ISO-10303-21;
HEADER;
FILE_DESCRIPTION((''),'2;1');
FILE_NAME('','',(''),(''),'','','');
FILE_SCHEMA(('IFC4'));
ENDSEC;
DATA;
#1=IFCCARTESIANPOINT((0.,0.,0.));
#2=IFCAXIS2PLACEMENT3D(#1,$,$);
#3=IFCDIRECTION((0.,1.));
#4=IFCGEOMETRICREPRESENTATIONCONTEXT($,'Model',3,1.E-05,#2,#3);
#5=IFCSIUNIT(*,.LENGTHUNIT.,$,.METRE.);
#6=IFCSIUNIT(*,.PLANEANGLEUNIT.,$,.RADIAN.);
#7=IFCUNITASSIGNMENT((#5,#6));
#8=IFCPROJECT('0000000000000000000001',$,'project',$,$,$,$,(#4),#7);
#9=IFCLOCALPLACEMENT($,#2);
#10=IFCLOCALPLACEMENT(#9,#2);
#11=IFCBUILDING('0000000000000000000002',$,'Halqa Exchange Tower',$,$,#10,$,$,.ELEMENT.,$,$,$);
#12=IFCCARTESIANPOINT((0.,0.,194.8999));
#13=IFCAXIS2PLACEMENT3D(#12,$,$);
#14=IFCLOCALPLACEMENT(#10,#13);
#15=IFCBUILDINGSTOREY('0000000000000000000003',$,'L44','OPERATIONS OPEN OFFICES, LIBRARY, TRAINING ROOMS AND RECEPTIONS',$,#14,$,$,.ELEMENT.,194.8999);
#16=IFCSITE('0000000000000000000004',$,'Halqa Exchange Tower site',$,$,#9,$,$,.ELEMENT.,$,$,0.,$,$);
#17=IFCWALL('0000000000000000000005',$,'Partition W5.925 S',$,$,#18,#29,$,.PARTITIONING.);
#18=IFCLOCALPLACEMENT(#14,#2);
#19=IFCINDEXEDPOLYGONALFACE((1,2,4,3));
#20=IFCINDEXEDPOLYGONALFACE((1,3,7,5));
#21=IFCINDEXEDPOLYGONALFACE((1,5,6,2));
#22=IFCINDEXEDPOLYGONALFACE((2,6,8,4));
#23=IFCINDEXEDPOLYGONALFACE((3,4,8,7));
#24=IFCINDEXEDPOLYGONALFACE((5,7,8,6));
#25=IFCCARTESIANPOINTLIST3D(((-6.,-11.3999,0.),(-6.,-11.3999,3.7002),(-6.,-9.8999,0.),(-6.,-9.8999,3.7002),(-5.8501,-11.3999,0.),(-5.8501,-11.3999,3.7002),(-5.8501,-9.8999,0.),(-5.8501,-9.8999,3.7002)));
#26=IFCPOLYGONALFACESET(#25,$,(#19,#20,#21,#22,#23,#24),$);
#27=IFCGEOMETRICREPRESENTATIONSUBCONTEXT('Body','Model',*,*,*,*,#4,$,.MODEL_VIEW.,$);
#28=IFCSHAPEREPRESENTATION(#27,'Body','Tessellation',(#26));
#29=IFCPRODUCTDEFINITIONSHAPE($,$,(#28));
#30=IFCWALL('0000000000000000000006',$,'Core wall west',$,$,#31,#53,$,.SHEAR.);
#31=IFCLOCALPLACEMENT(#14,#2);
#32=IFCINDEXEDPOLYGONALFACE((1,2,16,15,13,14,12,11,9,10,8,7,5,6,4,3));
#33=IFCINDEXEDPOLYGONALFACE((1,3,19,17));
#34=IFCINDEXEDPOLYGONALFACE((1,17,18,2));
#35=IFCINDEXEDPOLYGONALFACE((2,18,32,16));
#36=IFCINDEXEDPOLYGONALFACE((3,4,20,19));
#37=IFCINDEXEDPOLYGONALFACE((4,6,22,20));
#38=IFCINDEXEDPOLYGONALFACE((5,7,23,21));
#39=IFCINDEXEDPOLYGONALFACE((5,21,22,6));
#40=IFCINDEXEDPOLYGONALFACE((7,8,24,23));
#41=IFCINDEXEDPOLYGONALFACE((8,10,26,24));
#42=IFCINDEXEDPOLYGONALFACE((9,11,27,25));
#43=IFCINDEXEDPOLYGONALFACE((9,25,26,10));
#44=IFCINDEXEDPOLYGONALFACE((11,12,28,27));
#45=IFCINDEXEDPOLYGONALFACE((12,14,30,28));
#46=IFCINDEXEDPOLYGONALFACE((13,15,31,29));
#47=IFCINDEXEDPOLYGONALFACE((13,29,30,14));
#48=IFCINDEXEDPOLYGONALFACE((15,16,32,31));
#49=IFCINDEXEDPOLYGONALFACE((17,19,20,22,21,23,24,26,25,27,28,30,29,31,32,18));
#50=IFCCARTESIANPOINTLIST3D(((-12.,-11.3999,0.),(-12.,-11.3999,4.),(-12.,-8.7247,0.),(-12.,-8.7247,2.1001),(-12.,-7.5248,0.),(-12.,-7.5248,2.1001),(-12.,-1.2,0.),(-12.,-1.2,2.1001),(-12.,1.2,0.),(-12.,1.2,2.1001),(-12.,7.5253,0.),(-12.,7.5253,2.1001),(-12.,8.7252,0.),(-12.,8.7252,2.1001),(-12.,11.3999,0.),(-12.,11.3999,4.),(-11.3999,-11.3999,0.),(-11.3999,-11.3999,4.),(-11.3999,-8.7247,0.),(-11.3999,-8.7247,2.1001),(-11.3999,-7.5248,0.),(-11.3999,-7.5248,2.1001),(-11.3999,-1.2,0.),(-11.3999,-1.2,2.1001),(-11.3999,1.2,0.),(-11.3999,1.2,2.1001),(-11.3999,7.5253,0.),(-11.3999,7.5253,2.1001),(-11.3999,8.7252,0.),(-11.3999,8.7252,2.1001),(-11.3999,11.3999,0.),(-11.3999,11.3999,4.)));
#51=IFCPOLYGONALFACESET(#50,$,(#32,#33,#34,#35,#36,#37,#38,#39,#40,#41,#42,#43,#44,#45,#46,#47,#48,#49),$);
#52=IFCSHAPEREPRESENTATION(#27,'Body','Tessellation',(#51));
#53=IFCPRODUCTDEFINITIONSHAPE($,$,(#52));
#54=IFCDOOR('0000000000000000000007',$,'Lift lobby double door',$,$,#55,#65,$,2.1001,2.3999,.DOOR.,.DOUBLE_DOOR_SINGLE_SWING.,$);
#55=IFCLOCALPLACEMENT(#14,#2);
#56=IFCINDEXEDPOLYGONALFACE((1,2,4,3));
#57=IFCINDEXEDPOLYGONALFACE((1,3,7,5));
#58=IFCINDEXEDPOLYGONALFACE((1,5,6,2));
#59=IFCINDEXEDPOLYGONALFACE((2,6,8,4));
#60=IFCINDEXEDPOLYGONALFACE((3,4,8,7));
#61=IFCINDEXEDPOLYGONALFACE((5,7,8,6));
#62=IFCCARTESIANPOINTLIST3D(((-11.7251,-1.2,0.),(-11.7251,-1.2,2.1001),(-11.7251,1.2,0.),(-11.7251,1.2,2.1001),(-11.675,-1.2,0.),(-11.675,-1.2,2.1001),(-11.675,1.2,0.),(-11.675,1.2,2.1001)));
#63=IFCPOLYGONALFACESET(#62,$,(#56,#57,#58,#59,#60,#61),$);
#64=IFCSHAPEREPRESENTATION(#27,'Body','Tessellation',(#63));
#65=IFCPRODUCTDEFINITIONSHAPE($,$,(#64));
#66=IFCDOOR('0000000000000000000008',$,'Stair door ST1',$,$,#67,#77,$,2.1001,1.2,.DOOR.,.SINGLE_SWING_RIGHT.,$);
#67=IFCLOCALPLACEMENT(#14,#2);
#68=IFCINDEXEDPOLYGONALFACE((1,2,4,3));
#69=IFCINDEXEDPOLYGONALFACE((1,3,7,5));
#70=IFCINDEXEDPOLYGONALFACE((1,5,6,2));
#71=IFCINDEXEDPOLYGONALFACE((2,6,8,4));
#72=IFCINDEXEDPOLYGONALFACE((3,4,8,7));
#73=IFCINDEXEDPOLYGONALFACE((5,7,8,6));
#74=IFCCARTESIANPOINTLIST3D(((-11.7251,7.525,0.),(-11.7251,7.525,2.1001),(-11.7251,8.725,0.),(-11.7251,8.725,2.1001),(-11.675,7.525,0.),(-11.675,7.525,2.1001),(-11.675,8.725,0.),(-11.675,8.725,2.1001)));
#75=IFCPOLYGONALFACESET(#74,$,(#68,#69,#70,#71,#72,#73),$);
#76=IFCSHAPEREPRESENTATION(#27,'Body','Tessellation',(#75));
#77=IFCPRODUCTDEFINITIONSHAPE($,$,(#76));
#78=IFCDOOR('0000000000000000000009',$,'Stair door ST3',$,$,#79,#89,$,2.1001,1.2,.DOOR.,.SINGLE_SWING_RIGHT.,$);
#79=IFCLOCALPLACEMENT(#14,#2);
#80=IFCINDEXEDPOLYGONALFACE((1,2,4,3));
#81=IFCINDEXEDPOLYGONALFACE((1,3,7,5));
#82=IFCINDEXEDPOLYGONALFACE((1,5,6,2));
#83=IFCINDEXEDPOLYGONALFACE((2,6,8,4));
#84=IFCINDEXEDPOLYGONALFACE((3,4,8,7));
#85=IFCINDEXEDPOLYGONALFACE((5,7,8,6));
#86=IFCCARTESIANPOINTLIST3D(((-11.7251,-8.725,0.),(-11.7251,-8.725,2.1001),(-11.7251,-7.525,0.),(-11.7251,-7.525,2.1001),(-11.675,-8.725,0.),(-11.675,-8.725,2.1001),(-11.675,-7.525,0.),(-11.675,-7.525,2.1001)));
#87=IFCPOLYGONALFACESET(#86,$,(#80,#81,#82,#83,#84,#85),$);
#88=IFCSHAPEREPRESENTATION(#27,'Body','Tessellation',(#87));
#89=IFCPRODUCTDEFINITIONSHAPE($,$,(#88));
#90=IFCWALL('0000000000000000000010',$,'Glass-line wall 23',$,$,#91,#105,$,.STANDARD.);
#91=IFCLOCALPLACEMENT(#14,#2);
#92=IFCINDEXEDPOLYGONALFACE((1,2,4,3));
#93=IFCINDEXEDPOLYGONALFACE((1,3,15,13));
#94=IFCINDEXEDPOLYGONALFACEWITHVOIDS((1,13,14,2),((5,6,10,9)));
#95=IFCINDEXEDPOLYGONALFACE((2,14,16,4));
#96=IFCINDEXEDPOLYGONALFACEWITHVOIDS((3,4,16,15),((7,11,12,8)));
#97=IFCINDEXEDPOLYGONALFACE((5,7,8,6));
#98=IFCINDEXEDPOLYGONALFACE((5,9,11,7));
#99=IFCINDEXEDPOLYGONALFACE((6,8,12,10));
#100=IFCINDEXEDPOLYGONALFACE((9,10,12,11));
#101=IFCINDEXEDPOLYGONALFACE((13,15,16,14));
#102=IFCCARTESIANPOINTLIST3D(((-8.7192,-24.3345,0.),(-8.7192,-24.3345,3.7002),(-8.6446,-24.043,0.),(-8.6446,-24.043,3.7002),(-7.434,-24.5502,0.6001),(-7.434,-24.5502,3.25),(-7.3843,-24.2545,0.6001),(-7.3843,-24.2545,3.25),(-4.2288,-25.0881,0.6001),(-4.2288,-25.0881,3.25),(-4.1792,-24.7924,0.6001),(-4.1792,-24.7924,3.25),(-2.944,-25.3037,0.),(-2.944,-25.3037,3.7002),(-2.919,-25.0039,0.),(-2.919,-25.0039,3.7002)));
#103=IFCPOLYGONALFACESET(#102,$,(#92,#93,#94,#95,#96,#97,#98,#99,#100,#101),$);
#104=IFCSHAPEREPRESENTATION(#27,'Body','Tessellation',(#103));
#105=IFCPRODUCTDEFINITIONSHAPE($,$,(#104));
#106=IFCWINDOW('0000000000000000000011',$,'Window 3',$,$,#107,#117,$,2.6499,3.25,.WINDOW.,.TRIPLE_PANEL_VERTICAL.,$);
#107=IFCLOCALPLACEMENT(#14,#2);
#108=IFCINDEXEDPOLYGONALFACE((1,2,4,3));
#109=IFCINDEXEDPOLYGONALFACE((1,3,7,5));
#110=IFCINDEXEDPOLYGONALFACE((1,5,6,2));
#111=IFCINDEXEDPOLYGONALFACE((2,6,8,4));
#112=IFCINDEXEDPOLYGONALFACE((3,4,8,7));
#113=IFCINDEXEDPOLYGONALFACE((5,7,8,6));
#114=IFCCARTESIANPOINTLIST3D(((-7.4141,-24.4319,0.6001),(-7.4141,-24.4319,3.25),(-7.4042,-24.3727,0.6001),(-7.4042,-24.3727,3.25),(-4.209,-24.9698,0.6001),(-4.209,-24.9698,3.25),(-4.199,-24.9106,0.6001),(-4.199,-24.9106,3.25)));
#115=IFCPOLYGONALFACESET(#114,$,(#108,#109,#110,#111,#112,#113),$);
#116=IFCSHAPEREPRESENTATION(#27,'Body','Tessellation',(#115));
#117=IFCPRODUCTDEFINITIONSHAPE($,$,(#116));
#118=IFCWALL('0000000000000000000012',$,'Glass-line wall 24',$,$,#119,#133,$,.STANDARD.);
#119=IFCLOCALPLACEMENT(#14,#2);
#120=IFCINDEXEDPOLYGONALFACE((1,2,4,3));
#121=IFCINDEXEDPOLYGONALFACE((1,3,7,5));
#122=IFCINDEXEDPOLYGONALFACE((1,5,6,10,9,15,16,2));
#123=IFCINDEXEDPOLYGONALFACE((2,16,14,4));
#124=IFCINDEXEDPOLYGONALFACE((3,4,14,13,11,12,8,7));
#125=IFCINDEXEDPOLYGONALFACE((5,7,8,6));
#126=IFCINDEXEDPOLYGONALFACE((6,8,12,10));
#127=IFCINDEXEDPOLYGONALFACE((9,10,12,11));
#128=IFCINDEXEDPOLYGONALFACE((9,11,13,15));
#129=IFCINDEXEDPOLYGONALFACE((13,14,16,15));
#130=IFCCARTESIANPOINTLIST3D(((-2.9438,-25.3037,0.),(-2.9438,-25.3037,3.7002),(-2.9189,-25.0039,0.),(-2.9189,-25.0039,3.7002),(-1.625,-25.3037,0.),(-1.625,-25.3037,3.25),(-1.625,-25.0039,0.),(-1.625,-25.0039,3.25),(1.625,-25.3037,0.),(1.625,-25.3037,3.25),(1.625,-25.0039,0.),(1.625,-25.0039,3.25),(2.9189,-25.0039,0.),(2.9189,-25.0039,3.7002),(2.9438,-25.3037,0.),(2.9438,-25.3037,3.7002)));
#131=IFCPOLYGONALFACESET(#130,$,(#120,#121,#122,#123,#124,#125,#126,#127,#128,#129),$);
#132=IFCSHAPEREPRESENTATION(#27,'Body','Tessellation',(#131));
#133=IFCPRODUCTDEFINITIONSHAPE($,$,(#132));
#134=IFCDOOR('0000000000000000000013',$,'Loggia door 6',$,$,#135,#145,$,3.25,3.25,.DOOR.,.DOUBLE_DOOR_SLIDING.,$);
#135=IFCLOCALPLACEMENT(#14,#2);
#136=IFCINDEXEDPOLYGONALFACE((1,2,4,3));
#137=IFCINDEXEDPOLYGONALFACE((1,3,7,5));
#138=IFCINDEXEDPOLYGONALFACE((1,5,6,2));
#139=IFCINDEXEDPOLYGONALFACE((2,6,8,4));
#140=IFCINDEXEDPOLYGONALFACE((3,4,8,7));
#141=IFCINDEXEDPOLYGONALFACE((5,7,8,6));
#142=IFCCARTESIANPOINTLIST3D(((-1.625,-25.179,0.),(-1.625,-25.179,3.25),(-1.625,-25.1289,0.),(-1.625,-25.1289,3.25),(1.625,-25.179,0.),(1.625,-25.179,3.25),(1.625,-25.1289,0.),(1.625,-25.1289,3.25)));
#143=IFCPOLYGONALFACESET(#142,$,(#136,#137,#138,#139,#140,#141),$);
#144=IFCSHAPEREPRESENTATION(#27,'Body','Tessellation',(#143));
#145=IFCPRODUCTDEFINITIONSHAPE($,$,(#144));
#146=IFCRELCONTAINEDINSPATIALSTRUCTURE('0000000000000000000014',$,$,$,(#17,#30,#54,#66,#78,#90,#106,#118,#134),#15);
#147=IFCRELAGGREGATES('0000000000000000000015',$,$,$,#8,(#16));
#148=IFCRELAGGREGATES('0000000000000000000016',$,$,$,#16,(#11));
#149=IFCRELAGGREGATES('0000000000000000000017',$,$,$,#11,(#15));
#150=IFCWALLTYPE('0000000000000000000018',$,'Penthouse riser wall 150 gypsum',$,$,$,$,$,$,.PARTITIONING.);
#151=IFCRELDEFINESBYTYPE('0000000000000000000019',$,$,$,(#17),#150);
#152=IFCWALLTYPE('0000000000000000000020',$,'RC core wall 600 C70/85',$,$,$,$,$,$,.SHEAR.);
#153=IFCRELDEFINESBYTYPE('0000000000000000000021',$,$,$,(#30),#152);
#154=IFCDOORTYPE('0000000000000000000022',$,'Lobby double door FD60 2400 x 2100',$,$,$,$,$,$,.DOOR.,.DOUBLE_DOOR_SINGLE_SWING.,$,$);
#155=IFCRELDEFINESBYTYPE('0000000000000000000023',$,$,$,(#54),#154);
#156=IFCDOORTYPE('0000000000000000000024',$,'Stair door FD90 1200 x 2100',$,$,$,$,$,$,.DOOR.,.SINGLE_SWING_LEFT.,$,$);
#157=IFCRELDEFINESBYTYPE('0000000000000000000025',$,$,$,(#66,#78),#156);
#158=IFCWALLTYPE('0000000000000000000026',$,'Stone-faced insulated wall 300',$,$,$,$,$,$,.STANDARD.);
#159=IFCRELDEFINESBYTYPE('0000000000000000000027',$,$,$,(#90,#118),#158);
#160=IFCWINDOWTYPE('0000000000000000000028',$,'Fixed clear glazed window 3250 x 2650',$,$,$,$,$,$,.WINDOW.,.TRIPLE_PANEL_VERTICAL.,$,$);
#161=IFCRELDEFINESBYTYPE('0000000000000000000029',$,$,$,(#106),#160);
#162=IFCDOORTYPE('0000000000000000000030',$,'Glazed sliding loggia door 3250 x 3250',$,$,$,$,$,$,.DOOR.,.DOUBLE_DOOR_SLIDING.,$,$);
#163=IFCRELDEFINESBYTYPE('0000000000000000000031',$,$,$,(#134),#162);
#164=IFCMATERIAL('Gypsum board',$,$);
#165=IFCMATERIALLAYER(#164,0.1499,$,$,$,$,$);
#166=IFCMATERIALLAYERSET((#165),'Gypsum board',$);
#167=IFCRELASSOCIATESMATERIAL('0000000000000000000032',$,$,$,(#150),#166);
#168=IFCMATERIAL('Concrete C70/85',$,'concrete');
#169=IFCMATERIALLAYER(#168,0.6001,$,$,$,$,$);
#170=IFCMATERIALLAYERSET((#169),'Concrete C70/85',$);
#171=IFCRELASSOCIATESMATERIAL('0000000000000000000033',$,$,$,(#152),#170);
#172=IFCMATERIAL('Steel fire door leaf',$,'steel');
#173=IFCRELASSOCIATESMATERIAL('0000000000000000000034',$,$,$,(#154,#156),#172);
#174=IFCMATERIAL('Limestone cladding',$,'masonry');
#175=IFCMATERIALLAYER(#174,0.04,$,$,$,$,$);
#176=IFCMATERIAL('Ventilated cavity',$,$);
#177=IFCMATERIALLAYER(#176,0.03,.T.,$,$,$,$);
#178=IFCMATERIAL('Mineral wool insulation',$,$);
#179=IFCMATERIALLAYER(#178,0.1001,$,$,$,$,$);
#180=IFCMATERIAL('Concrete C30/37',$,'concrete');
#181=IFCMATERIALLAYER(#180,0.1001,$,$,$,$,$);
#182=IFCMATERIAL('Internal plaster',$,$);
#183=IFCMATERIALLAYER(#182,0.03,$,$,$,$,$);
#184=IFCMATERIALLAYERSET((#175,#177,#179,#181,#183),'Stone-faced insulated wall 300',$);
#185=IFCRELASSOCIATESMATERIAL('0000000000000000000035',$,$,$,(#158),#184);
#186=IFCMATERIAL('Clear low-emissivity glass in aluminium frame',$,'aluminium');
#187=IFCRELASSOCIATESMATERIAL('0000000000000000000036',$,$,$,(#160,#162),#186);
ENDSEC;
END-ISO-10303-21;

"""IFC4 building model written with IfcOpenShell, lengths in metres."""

from ifc_helpers import new_model, si_unit, direction, frame, frame_2d, origin, place, context, subcontext, project, spatial, polyline, rectangle, outline, extrude, material, layer, layer_set, type_object, element, fill, save


model = new_model("IFC4")

# Units and contexts
model_context = context("Model", 3, precision=1e-05, world=origin(), true_north=direction((0.0, 1.0)))
body_context = subcontext(model_context, "Body", "Model", "MODEL_VIEW")
ifc_project = project(units=[si_unit("LENGTHUNIT", "METRE"), si_unit("PLANEANGLEUNIT", "RADIAN")], contexts=[model_context])

# Site, building, storey
site_placement = place(None, origin())
site = spatial("IfcSite", under=ifc_project, at=site_placement, Name="Halqa Exchange Tower site", CompositionType="ELEMENT", RefElevation=0.0)
building_placement = place(site_placement, origin())
building = spatial("IfcBuilding", under=site, at=building_placement, Name="Halqa Exchange Tower", CompositionType="ELEMENT")
storey_placement = place(building_placement, frame((0.0, 0.0, 194.8999)))
storey = spatial("IfcBuildingStorey", under=building, at=storey_placement, Name="L44", Description="OPERATIONS OPEN OFFICES, LIBRARY, TRAINING ROOMS AND RECEPTIONS", CompositionType="ELEMENT", Elevation=194.8999)

# Shared definitions
ifc_material_1 = material(Name="Steel fire door leaf", Category="steel")

# Wall
ifc_material_2 = material(Name="Gypsum board")
ifc_layer_1 = layer(ifc_material_2, 0.1499)
ifc_layer_set_1 = layer_set([ifc_layer_1], Name="Gypsum board")
wall_type_1 = type_object("IfcWallType", Name="Penthouse riser wall 150 gypsum", PredefinedType="PARTITIONING", material=ifc_layer_set_1)
wall_1_placement = place(storey_placement, frame((-5.925, -11.3999, 0.0), z_axis=(0.0, 0.0, 1.0), x_axis=(0.0, 1.0, 0.0)))
element("IfcWall", 1, at=wall_1_placement, inside=storey, type_object=wall_type_1, Name="Partition W5.925 S", PredefinedType="PARTITIONING", context=body_context, shape_type="SweptSolid", body=[
    extrude(rectangle(XDim=1.5, YDim=0.1499, at=frame_2d((0.75, 0.0))), origin(), (0.0, 0.0, 1.0), 3.7002),
])

# Wall, openings, doors
ifc_material_3 = material(Name="Concrete C70/85", Category="concrete")
ifc_layer_2 = layer(ifc_material_3, 0.6001)
ifc_layer_set_2 = layer_set([ifc_layer_2], Name="Concrete C70/85")
wall_type_2 = type_object("IfcWallType", Name="RC core wall 600 C70/85", PredefinedType="SHEAR", material=ifc_layer_set_2)
wall_2_placement = place(storey_placement, frame((-11.7, -11.3999, 0.0), z_axis=(0.0, 0.0, 1.0), x_axis=(0.0, 1.0, 0.0)))
wall_2 = element("IfcWall", 2, at=wall_2_placement, inside=storey, type_object=wall_type_2, Name="Core wall west", PredefinedType="SHEAR", context=body_context, shape_type="SweptSolid", body=[
    extrude(rectangle(XDim=22.7998, YDim=0.6001, at=frame_2d((11.3999, 0.0))), origin(), (0.0, 0.0, 1.0), 4.0),
])
opening_1_placement = place(wall_2_placement, frame((10.2, 0.0, 0.0)))
opening_1 = element("IfcOpeningElement", 3, at=opening_1_placement, cuts=wall_2, PredefinedType="OPENING", context=body_context, shape_type="SweptSolid", body=[
    extrude(rectangle(XDim=2.3999, YDim=2.1001, at=frame_2d((1.2, 1.05))), frame((0.0, 0.312, 0.0), z_axis=(0.0, -1.0, 0.0), x_axis=(1.0, 0.0, 0.0)), (0.0, 0.0, 1.0), 0.624),
])
opening_2_placement = place(wall_2_placement, frame((18.925, 0.0, 0.0)))
opening_2 = element("IfcOpeningElement", 4, at=opening_2_placement, cuts=wall_2, PredefinedType="OPENING", context=body_context, shape_type="SweptSolid", body=[
    extrude(rectangle(XDim=1.2, YDim=2.1001, at=frame_2d((0.6001, 1.05))), frame((0.0, 0.312, 0.0), z_axis=(0.0, -1.0, 0.0), x_axis=(1.0, 0.0, 0.0)), (0.0, 0.0, 1.0), 0.624),
])
opening_3_placement = place(wall_2_placement, frame((2.675, 0.0, 0.0)))
opening_3 = element("IfcOpeningElement", 5, at=opening_3_placement, cuts=wall_2, PredefinedType="OPENING", context=body_context, shape_type="SweptSolid", body=[
    extrude(rectangle(XDim=1.2, YDim=2.1001, at=frame_2d((0.6001, 1.05))), frame((0.0, 0.312, 0.0), z_axis=(0.0, -1.0, 0.0), x_axis=(1.0, 0.0, 0.0)), (0.0, 0.0, 1.0), 0.624),
])
door_type_1 = type_object("IfcDoorType", Name="Lobby double door FD60 2400 x 2100", OperationType="DOUBLE_DOOR_SINGLE_SWING", PredefinedType="DOOR", material=ifc_material_1)
door_1_placement = place(opening_1_placement, frame((2.3999, 0.0, 0.0), z_axis=(0.0, 0.0, 1.0), x_axis=(-1.0, 0.0, 0.0)))
door_1 = element("IfcDoor", 6, at=door_1_placement, inside=storey, type_object=door_type_1, Name="Lift lobby double door", OperationType="DOUBLE_DOOR_SINGLE_SWING", OverallHeight=2.1001, OverallWidth=2.3999, PredefinedType="DOOR", context=body_context, shape_type="SweptSolid", body=[
    extrude(rectangle(XDim=2.3999, YDim=2.1001, at=frame_2d((1.2, 1.05))), frame((0.0, 0.0249, 0.0), z_axis=(0.0, -1.0, 0.0), x_axis=(1.0, 0.0, 0.0)), (0.0, 0.0, 1.0), 0.05),
])
fill(opening_1, door_1)
door_type_2 = type_object("IfcDoorType", Name="Stair door FD90 1200 x 2100", OperationType="SINGLE_SWING_LEFT", PredefinedType="DOOR", material=ifc_material_1)
door_2_placement = place(opening_2_placement, frame((1.2, 0.0, 0.0), z_axis=(0.0, 0.0, 1.0), x_axis=(-1.0, 0.0, 0.0)))
door_2 = element("IfcDoor", 7, at=door_2_placement, inside=storey, type_object=door_type_2, Name="Stair door ST1", OperationType="SINGLE_SWING_RIGHT", OverallHeight=2.1001, OverallWidth=1.2, PredefinedType="DOOR", context=body_context, shape_type="SweptSolid", body=[
    extrude(rectangle(XDim=1.2, YDim=2.1001, at=frame_2d((0.6001, 1.05))), frame((0.0, 0.0249, 0.0), z_axis=(0.0, -1.0, 0.0), x_axis=(1.0, 0.0, 0.0)), (0.0, 0.0, 1.0), 0.05),
])
fill(opening_2, door_2)
door_3_placement = place(opening_3_placement, frame((1.2, 0.0, 0.0), z_axis=(0.0, 0.0, 1.0), x_axis=(-1.0, 0.0, 0.0)))
door_3 = element("IfcDoor", 8, at=door_3_placement, inside=storey, type_object=door_type_2, Name="Stair door ST3", OperationType="SINGLE_SWING_RIGHT", OverallHeight=2.1001, OverallWidth=1.2, PredefinedType="DOOR", context=body_context, shape_type="SweptSolid", body=[
    extrude(rectangle(XDim=1.2, YDim=2.1001, at=frame_2d((0.6001, 1.05))), frame((0.0, 0.0249, 0.0), z_axis=(0.0, -1.0, 0.0), x_axis=(1.0, 0.0, 0.0)), (0.0, 0.0, 1.0), 0.05),
])
fill(opening_3, door_3)

# Wall, opening, window
ifc_material_4 = material(Name="Limestone cladding", Category="masonry")
ifc_layer_3 = layer(ifc_material_4, 0.04)
ifc_material_5 = material(Name="Ventilated cavity")
ifc_layer_4 = layer(ifc_material_5, 0.03, ventilated=True)
ifc_material_6 = material(Name="Mineral wool insulation")
ifc_layer_5 = layer(ifc_material_6, 0.1001)
ifc_material_7 = material(Name="Concrete C30/37", Category="concrete")
ifc_layer_6 = layer(ifc_material_7, 0.1001)
ifc_material_8 = material(Name="Internal plaster")
ifc_layer_7 = layer(ifc_material_8, 0.03)
ifc_layer_set_3 = layer_set([ifc_layer_3, ifc_layer_4, ifc_layer_5, ifc_layer_6, ifc_layer_7], Name="Stone-faced insulated wall 300")
wall_type_3 = type_object("IfcWallType", Name="Stone-faced insulated wall 300", PredefinedType="STANDARD", material=ifc_layer_set_3)
wall_3_placement = place(storey_placement, frame((-8.6819, -24.1887, 0.0), z_axis=(0.0, 0.0, 1.0), x_axis=(0.986208, -0.165512, 0.0)))
wall_3 = element("IfcWall", 9, at=wall_3_placement, inside=storey, type_object=wall_type_3, Name="Glass-line wall 23", PredefinedType="STANDARD", context=body_context, shape_type="SweptSolid", body=[
    extrude(outline(polyline([(-0.0127, -0.1499), (5.8433, -0.1499), (5.8184, 0.1499), (0.0127, 0.1499), (-0.0127, -0.1499)])), origin(), (0.0, 0.0, 1.0), 3.7002),
])
opening_4_placement = place(wall_3_placement, frame((1.2905, 0.0, 0.6001)))
opening_4 = element("IfcOpeningElement", 10, at=opening_4_placement, cuts=wall_3, PredefinedType="OPENING", context=body_context, shape_type="SweptSolid", body=[
    extrude(rectangle(XDim=3.25, YDim=2.6499, at=frame_2d((1.625, 1.325))), frame((0.0, 0.1621, 0.0), z_axis=(0.0, -1.0, 0.0), x_axis=(1.0, 0.0, 0.0)), (0.0, 0.0, 1.0), 0.324),
])
ifc_material_9 = material(Name="Clear low-emissivity glass in aluminium frame", Category="aluminium")
window_type = type_object("IfcWindowType", Name="Fixed clear glazed window 3250 x 2650", PartitioningType="TRIPLE_PANEL_VERTICAL", PredefinedType="WINDOW", material=ifc_material_9)
window_placement = place(opening_4_placement, origin())
window = element("IfcWindow", 11, at=window_placement, inside=storey, type_object=window_type, Name="Window 3", OverallHeight=2.6499, OverallWidth=3.25, PartitioningType="TRIPLE_PANEL_VERTICAL", PredefinedType="WINDOW", context=body_context, shape_type="SweptSolid", body=[
    extrude(rectangle(XDim=3.25, YDim=2.6499, at=frame_2d((1.625, 1.325))), frame((0.0, 0.03, 0.0), z_axis=(0.0, -1.0, 0.0), x_axis=(1.0, 0.0, 0.0)), (0.0, 0.0, 1.0), 0.0601),
])
fill(opening_4, window)

# Wall, opening, door
wall_4_placement = place(storey_placement, frame((-2.9314, -25.1538, 0.0), z_axis=(0.0, 0.0, 1.0), x_axis=(1.0, 0.0, 0.0)))
wall_4 = element("IfcWall", 12, at=wall_4_placement, inside=storey, type_object=wall_type_3, Name="Glass-line wall 24", PredefinedType="STANDARD", context=body_context, shape_type="SweptSolid", body=[
    extrude(outline(polyline([(-0.0125, -0.1499), (5.8752, -0.1499), (5.8503, 0.1499), (0.0125, 0.1499), (-0.0125, -0.1499)])), origin(), (0.0, 0.0, 1.0), 3.7002),
])
opening_5_placement = place(wall_4_placement, frame((1.3064, 0.0, 0.0)))
opening_5 = element("IfcOpeningElement", 13, at=opening_5_placement, cuts=wall_4, PredefinedType="OPENING", context=body_context, shape_type="SweptSolid", body=[
    extrude(rectangle(XDim=3.25, YDim=3.25, at=frame_2d((1.625, 1.625))), frame((0.0, 0.1621, 0.0), z_axis=(0.0, -1.0, 0.0), x_axis=(1.0, 0.0, 0.0)), (0.0, 0.0, 1.0), 0.324),
])
door_type_3 = type_object("IfcDoorType", Name="Glazed sliding loggia door 3250 x 3250", OperationType="DOUBLE_DOOR_SLIDING", PredefinedType="DOOR", material=ifc_material_9)
door_4_placement = place(opening_5_placement, origin())
door_4 = element("IfcDoor", 14, at=door_4_placement, inside=storey, type_object=door_type_3, Name="Loggia door 6", OperationType="DOUBLE_DOOR_SLIDING", OverallHeight=3.25, OverallWidth=3.25, PredefinedType="DOOR", context=body_context, shape_type="SweptSolid", body=[
    extrude(rectangle(XDim=3.25, YDim=3.25, at=frame_2d((1.625, 1.625))), frame((0.0, 0.0249, 0.0), z_axis=(0.0, -1.0, 0.0), x_axis=(1.0, 0.0, 0.0)), (0.0, 0.0, 1.0), 0.05),
])
fill(opening_5, door_4)

save(model, "model.ifc")
